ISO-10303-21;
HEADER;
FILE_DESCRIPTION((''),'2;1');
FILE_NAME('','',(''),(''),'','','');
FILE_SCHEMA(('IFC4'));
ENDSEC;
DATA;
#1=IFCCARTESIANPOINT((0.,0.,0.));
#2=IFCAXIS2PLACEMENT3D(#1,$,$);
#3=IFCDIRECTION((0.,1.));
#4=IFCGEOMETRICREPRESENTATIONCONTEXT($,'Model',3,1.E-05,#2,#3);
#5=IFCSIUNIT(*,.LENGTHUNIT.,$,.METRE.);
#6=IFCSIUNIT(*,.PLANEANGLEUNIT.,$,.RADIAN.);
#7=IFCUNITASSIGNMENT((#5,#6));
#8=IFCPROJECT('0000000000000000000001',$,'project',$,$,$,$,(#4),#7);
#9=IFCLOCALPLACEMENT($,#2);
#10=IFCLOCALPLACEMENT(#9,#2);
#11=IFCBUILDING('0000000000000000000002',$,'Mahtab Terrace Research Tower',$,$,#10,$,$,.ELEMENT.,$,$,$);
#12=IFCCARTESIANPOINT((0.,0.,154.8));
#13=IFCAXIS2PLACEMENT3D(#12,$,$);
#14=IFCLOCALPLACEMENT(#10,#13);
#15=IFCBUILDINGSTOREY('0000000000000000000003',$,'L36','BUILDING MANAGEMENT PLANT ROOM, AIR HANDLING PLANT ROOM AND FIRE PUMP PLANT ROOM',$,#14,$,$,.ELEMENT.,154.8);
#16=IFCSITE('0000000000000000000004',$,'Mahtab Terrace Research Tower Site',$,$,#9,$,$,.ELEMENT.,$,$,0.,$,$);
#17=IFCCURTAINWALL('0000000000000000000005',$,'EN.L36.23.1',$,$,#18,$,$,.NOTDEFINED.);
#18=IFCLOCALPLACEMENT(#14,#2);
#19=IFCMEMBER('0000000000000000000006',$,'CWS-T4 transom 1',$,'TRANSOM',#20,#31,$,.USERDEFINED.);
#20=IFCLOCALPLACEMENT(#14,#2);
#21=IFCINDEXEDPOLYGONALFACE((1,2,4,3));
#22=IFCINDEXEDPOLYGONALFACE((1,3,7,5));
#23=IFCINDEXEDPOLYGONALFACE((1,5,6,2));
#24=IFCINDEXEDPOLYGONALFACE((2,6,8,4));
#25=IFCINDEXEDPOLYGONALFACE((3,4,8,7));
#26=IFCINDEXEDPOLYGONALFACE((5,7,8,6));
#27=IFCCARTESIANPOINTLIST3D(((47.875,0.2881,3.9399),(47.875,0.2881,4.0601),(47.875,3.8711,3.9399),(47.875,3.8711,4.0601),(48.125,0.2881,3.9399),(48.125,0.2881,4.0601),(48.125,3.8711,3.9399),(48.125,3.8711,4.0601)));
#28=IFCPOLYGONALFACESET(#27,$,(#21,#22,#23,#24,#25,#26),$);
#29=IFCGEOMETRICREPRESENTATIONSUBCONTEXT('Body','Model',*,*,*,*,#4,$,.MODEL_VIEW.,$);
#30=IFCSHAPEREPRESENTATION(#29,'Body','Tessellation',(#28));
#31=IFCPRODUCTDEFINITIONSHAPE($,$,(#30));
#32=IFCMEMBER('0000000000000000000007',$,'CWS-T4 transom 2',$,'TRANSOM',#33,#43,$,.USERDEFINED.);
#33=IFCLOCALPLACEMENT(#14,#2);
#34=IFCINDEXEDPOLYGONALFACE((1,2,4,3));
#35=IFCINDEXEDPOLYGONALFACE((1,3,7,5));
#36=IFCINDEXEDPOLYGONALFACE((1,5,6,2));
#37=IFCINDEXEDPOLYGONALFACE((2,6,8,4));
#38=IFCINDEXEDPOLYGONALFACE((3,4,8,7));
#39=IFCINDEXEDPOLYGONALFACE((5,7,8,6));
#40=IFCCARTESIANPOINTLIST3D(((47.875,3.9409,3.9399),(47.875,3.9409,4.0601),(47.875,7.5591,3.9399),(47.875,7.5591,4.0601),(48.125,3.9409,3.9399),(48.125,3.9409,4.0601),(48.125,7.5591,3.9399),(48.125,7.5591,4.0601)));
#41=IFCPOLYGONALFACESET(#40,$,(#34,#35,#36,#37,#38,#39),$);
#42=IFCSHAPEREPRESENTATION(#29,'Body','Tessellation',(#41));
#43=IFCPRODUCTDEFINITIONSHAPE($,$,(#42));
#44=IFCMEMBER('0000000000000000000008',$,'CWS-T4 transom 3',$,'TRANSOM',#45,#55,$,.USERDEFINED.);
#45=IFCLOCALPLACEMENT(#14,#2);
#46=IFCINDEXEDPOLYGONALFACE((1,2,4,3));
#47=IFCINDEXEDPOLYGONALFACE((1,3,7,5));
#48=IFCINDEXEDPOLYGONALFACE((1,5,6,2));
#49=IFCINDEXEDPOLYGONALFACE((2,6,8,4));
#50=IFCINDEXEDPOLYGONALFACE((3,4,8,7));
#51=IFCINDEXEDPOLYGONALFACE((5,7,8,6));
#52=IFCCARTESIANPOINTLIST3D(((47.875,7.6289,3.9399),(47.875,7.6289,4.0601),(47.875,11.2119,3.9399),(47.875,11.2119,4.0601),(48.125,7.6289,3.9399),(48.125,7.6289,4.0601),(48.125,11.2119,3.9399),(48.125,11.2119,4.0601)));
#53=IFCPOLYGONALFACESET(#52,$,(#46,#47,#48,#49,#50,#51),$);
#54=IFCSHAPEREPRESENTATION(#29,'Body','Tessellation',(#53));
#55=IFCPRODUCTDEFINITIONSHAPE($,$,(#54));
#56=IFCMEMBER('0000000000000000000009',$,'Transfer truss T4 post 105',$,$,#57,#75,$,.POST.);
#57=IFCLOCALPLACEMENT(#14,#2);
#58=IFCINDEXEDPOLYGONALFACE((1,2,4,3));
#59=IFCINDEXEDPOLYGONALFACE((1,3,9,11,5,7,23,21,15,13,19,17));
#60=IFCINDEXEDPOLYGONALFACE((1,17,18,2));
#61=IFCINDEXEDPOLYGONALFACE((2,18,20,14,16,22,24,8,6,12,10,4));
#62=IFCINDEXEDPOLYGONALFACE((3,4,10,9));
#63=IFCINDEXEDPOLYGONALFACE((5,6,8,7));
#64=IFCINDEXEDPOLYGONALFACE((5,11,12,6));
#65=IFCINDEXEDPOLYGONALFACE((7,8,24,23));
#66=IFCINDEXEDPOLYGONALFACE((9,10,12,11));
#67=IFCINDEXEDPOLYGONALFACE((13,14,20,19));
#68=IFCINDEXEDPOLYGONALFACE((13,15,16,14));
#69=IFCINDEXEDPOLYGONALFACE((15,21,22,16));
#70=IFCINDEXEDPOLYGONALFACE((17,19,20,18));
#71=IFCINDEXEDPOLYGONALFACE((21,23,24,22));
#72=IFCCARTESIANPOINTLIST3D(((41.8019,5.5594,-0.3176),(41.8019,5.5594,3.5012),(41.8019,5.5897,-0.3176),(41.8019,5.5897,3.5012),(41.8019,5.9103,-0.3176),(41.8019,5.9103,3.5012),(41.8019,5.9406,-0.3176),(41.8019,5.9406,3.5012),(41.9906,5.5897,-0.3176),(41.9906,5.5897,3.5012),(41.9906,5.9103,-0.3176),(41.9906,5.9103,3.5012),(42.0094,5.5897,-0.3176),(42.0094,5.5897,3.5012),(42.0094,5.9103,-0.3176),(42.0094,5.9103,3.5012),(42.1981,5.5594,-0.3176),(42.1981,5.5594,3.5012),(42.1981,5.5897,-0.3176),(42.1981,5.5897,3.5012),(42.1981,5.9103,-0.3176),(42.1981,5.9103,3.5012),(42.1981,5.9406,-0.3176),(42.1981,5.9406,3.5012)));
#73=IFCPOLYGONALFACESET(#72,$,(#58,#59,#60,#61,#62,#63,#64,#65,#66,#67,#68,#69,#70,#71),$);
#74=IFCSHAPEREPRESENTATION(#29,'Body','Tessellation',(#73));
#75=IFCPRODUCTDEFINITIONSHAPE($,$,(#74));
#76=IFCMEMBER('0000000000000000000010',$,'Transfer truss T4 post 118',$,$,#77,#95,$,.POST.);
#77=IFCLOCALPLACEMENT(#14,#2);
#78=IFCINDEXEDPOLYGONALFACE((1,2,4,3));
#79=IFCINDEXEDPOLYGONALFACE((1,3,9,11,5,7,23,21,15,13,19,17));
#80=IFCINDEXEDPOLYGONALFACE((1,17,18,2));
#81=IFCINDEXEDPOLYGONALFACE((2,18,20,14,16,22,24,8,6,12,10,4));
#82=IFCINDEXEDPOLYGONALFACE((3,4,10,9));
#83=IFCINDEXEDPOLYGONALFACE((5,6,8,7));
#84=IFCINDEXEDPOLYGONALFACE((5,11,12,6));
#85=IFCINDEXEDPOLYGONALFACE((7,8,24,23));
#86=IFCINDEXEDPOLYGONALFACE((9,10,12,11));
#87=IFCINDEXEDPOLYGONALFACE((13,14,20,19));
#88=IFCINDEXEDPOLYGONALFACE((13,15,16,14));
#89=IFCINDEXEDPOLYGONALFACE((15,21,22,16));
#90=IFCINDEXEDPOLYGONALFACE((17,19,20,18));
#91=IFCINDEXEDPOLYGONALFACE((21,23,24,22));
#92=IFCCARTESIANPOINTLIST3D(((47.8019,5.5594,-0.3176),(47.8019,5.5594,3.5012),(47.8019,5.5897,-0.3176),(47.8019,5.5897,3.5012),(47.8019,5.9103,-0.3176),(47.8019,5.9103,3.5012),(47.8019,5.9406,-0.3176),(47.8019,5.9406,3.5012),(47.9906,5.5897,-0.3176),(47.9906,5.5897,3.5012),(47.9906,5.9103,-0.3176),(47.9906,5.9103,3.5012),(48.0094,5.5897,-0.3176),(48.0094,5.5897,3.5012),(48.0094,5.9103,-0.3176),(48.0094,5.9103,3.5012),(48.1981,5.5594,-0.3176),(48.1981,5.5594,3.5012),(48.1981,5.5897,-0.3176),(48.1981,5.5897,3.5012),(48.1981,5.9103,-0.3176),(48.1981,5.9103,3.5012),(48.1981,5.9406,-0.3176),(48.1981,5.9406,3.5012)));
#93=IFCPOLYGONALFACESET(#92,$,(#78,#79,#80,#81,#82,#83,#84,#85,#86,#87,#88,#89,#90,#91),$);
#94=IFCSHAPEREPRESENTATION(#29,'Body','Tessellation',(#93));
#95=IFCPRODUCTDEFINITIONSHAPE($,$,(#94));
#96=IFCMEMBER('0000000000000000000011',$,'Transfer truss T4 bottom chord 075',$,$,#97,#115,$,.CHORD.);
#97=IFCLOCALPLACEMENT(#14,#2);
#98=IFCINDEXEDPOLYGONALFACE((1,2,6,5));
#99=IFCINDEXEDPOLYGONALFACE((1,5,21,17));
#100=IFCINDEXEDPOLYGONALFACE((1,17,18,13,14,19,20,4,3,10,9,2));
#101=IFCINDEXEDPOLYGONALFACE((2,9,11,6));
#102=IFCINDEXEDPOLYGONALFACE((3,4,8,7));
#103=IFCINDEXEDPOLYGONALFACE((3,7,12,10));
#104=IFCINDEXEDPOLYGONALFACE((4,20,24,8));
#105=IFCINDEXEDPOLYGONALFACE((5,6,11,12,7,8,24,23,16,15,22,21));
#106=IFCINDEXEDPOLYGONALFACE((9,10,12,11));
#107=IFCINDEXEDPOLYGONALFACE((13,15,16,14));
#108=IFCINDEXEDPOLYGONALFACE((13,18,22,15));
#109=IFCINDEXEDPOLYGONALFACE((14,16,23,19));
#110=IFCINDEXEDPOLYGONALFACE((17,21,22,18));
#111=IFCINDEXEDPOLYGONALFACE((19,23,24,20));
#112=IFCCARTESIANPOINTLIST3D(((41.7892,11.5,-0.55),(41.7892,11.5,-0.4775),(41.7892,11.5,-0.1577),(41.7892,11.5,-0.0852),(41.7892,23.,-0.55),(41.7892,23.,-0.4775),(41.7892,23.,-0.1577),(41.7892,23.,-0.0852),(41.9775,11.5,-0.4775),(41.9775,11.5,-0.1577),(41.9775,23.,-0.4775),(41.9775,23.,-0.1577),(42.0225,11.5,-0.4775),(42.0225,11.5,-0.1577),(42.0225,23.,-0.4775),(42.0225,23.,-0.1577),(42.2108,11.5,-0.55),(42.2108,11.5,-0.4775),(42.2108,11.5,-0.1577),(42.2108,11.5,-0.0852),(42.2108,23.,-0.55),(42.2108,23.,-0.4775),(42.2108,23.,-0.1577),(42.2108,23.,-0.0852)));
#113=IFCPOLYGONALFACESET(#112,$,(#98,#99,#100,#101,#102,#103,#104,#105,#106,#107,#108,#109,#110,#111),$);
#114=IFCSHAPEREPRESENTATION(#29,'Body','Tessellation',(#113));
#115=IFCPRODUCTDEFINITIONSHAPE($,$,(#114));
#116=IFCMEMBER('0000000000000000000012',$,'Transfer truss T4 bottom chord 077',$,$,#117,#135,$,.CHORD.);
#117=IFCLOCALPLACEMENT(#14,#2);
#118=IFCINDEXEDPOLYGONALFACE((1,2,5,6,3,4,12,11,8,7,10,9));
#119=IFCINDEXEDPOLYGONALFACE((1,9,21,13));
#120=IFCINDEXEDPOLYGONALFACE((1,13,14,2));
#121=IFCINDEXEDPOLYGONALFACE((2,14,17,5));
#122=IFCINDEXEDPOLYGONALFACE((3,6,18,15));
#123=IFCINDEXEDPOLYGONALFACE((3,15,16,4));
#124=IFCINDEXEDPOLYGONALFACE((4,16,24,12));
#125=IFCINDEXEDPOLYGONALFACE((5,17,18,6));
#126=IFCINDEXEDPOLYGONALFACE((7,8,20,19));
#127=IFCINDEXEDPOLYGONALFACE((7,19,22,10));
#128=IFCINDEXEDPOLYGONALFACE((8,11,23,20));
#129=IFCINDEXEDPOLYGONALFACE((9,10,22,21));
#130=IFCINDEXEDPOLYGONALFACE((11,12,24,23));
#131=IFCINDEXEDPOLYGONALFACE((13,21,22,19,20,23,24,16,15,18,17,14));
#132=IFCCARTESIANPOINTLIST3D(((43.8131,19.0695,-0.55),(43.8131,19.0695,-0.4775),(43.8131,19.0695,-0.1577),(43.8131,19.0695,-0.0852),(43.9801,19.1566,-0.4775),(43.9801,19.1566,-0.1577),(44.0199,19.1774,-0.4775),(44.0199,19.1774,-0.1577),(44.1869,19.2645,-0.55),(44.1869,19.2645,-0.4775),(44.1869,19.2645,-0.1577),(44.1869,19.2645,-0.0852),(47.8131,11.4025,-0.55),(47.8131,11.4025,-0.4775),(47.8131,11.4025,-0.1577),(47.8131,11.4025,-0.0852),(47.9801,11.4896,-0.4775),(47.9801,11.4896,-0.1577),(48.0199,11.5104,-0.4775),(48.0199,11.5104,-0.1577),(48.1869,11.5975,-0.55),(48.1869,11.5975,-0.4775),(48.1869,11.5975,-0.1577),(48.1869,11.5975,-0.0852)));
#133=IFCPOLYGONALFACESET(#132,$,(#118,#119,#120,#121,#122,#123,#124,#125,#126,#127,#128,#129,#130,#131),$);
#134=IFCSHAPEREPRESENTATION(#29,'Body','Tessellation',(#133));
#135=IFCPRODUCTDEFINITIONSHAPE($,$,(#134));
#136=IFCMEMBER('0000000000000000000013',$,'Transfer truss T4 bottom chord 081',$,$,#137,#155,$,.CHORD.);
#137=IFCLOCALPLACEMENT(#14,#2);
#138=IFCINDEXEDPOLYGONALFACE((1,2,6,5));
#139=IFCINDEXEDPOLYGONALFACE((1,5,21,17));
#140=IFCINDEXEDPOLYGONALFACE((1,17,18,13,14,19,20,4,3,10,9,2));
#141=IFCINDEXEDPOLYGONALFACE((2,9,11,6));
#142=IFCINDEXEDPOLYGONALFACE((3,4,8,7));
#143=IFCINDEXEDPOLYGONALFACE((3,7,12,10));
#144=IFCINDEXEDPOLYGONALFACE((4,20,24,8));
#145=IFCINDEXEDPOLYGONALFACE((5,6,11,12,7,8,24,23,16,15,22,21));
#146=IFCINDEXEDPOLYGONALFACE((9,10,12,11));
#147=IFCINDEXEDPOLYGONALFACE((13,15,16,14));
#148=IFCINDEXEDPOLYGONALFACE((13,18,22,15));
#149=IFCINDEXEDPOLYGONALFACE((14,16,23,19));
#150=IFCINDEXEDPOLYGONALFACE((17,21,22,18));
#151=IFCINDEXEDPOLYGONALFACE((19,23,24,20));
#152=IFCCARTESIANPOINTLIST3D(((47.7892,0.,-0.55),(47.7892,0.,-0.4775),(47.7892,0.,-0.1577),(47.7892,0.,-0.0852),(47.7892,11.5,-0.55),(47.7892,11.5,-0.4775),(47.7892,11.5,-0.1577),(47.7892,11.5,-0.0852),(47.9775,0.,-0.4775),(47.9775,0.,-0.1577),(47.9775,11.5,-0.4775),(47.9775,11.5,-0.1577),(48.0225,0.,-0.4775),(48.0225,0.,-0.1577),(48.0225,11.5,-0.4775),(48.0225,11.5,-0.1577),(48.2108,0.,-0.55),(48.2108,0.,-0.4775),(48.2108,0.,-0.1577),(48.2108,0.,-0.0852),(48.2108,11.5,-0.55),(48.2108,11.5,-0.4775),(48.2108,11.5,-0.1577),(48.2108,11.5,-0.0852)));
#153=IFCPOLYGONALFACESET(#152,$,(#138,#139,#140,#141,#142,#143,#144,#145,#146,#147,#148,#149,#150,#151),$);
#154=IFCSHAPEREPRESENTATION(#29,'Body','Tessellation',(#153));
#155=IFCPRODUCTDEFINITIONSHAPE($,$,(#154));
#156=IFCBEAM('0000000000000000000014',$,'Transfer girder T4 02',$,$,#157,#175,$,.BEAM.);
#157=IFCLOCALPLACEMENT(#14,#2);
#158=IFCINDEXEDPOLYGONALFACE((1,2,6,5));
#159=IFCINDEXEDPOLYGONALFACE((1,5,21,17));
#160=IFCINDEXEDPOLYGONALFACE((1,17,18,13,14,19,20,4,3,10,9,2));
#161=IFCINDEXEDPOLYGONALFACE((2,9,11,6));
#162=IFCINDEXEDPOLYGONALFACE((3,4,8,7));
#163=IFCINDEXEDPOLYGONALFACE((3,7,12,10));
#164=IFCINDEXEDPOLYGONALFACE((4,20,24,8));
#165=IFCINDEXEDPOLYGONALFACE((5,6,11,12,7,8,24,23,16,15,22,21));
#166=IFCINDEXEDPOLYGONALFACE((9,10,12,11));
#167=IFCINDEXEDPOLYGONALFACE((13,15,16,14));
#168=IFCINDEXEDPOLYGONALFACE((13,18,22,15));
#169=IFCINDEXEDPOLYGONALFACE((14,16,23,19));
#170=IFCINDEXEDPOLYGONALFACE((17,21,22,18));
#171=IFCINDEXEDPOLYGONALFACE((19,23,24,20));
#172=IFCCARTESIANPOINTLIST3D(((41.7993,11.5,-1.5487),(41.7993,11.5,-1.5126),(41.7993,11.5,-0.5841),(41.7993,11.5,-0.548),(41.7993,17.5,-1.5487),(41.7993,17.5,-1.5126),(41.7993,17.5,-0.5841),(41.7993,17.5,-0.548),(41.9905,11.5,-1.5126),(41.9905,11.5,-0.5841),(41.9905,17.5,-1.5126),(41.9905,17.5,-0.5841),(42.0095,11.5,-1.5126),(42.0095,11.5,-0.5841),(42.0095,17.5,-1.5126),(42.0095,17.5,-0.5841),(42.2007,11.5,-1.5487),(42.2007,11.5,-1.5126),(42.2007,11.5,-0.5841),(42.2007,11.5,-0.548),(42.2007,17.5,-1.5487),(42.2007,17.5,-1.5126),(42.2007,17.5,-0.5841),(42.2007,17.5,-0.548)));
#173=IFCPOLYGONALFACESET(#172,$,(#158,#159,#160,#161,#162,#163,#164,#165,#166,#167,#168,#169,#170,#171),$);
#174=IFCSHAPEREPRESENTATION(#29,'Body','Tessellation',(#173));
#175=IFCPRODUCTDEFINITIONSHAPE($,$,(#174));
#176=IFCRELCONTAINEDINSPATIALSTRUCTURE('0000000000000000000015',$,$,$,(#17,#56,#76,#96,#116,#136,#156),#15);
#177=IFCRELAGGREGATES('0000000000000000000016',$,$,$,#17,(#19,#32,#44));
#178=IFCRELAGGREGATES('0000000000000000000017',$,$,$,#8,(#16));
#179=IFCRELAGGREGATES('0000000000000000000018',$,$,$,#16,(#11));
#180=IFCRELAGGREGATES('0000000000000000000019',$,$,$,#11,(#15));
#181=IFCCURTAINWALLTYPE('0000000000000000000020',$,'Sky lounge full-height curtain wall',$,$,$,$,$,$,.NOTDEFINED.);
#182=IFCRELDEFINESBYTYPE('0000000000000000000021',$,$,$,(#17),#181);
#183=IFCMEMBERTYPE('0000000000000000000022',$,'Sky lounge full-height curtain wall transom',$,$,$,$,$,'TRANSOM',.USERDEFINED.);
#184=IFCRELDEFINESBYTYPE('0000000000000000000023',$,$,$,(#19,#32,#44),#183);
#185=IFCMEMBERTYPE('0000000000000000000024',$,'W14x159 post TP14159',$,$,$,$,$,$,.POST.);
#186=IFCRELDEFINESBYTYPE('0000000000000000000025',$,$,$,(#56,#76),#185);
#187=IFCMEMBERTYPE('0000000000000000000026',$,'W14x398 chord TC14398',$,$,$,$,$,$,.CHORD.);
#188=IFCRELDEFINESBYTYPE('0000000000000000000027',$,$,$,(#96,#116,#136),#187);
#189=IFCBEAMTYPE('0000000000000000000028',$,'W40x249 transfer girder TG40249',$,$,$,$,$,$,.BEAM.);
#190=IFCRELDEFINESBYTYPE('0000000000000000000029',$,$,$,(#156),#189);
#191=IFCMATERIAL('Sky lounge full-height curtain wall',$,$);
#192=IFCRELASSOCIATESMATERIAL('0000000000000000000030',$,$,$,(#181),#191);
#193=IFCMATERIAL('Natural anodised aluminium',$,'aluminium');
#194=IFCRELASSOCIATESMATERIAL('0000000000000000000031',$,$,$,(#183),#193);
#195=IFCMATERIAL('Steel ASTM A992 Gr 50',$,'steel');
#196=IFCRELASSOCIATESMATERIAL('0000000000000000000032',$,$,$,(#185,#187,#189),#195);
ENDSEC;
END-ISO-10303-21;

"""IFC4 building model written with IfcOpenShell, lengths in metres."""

from ifc_helpers import new_model, si_unit, direction, frame, origin, origin_2d, place, context, subcontext, project, spatial, rectangle, i_section, extrude, material, material_profile, profile_set, type_object, element, aggregate, save


model = new_model("IFC4")

# Units and contexts
model_context = context("Model", 3, precision=1e-05, world=origin(), true_north=direction((0.0, 1.0)))
body_context = subcontext(model_context, "Body", "Model", "MODEL_VIEW")
ifc_project = project(units=[si_unit("LENGTHUNIT", "METRE"), si_unit("PLANEANGLEUNIT", "RADIAN")], contexts=[model_context])

# Site, building, storey
site_placement = place(None, origin())
site = spatial("IfcSite", under=ifc_project, at=site_placement, Name="Mahtab Terrace Research Tower Site", CompositionType="ELEMENT", RefElevation=0.0)
building_placement = place(site_placement, origin())
building = spatial("IfcBuilding", under=site, at=building_placement, Name="Mahtab Terrace Research Tower", CompositionType="ELEMENT")
storey_placement = place(building_placement, frame((0.0, 0.0, 154.8)))
storey = spatial("IfcBuildingStorey", under=building, at=storey_placement, Name="L36", Description="BUILDING MANAGEMENT PLANT ROOM, AIR HANDLING PLANT ROOM AND FIRE PUMP PLANT ROOM", CompositionType="ELEMENT", Elevation=154.8)

# Shared definitions
ifc_material_1 = material(Name="Steel ASTM A992 Gr 50", Category="steel")

# Curtain wall, members
ifc_material_2 = material(Name="Sky lounge full-height curtain wall")
curtain_wall_type = type_object("IfcCurtainWallType", Name="Sky lounge full-height curtain wall", PredefinedType="NOTDEFINED", material=ifc_material_2)
curtain_wall_placement = place(storey_placement, origin())
curtain_wall = element("IfcCurtainWall", 1, at=curtain_wall_placement, inside=storey, type_object=curtain_wall_type, Name="EN.L36.23.1", PredefinedType="NOTDEFINED")
ifc_material_3 = material(Name="Natural anodised aluminium", Category="aluminium")
ifc_material_profile_1 = material_profile(ifc_material_3, rectangle(XDim=0.25, YDim=0.1201, at=origin_2d()), Name="TRANSOM 120x250")
ifc_profile_set_1 = profile_set([ifc_material_profile_1], Name="Natural anodised aluminium")
member_type_1 = type_object("IfcMemberType", Name="Sky lounge full-height curtain wall transom", ElementType="TRANSOM", PredefinedType="USERDEFINED", material=ifc_profile_set_1)
member_1_placement = place(storey_placement, frame((48.0, 0.2881, 4.0), z_axis=(0.0, 1.0, 0.0), x_axis=(-1.0, 0.0, 0.0)))
member_1 = element("IfcMember", 2, at=member_1_placement, type_object=member_type_1, Name="CWS-T4 transom 1", ObjectType="TRANSOM", PredefinedType="USERDEFINED", context=body_context, shape_type="SweptSolid", body=[
    extrude(rectangle(XDim=0.25, YDim=0.1201, at=origin_2d()), origin(), (0.0, 0.0, 1.0), 3.583),
])
member_2_placement = place(storey_placement, frame((48.0, 3.9409, 4.0), z_axis=(0.0, 1.0, 0.0), x_axis=(-1.0, 0.0, 0.0)))
member_2 = element("IfcMember", 3, at=member_2_placement, type_object=member_type_1, Name="CWS-T4 transom 2", ObjectType="TRANSOM", PredefinedType="USERDEFINED", context=body_context, shape_type="SweptSolid", body=[
    extrude(rectangle(XDim=0.25, YDim=0.1201, at=origin_2d()), origin(), (0.0, 0.0, 1.0), 3.6182),
])
member_3_placement = place(storey_placement, frame((48.0, 7.6289, 4.0), z_axis=(0.0, 1.0, 0.0), x_axis=(-1.0, 0.0, 0.0)))
member_3 = element("IfcMember", 4, at=member_3_placement, type_object=member_type_1, Name="CWS-T4 transom 3", ObjectType="TRANSOM", PredefinedType="USERDEFINED", context=body_context, shape_type="SweptSolid", body=[
    extrude(rectangle(XDim=0.25, YDim=0.1201, at=origin_2d()), origin(), (0.0, 0.0, 1.0), 3.583),
])

# Members
ifc_material_profile_2 = material_profile(ifc_material_1, i_section(OverallWidth=0.3962, OverallDepth=0.3811, WebThickness=0.0188, FlangeThickness=0.0303, at=origin_2d()), Name="W14X159")
ifc_profile_set_2 = profile_set([ifc_material_profile_2], Name="Steel ASTM A992 Gr 50")
member_type_2 = type_object("IfcMemberType", Name="W14x159 post TP14159", PredefinedType="POST", material=ifc_profile_set_2)
for number, where, z_axis, x_axis, name in (
    (5, (42.0, 5.75, -0.3176), (0.0, 0.0, 1.0), (1.0, 0.0, 0.0), "Transfer truss T4 post 105"),
    (6, (48.0, 5.75, -0.3176), (0.0, 0.0, 1.0), (1.0, 0.0, 0.0), "Transfer truss T4 post 118"),
):
    element("IfcMember", number, at=place(storey_placement, frame(where, z_axis=z_axis, x_axis=x_axis)), inside=storey, type_object=member_type_2, Name=name, PredefinedType="POST", context=body_context, shape_type="SweptSolid", body=[
        extrude(i_section(OverallWidth=0.3962, OverallDepth=0.3811, WebThickness=0.0188, FlangeThickness=0.0303, at=origin_2d()), origin(), (0.0, 0.0, 1.0), 3.8188),
    ])
ifc_material_profile_3 = material_profile(ifc_material_1, i_section(OverallWidth=0.4216, OverallDepth=0.4648, WebThickness=0.0449, FlangeThickness=0.0725, at=origin_2d()), Name="W14X398")
ifc_profile_set_3 = profile_set([ifc_material_profile_3], Name="Steel ASTM A992 Gr 50")
member_type_3 = type_object("IfcMemberType", Name="W14x398 chord TC14398", PredefinedType="CHORD", material=ifc_profile_set_3)
member_4_placement = place(storey_placement, frame((42.0, 11.5, -0.3176), z_axis=(0.0, 1.0, 0.0), x_axis=(-1.0, 0.0, 0.0)))
element("IfcMember", 7, at=member_4_placement, inside=storey, type_object=member_type_3, Name="Transfer truss T4 bottom chord 075", PredefinedType="CHORD", context=body_context, shape_type="SweptSolid", body=[
    extrude(i_section(OverallWidth=0.4216, OverallDepth=0.4648, WebThickness=0.0449, FlangeThickness=0.0725, at=origin_2d()), origin(), (0.0, 0.0, 1.0), 11.5),
])
member_5_placement = place(storey_placement, frame((48.0, 11.5, -0.3176), z_axis=(-0.462551, 0.886593, 0.0), x_axis=(-0.886593, -0.462551, 0.0)))
element("IfcMember", 8, at=member_5_placement, inside=storey, type_object=member_type_3, Name="Transfer truss T4 bottom chord 077", PredefinedType="CHORD", context=body_context, shape_type="SweptSolid", body=[
    extrude(i_section(OverallWidth=0.4216, OverallDepth=0.4648, WebThickness=0.0449, FlangeThickness=0.0725, at=origin_2d()), origin(), (0.0, 0.0, 1.0), 8.6477),
])
member_6_placement = place(storey_placement, frame((48.0, 0.0, -0.3176), z_axis=(0.0, 1.0, 0.0), x_axis=(-1.0, 0.0, 0.0)))
element("IfcMember", 9, at=member_6_placement, inside=storey, type_object=member_type_3, Name="Transfer truss T4 bottom chord 081", PredefinedType="CHORD", context=body_context, shape_type="SweptSolid", body=[
    extrude(i_section(OverallWidth=0.4216, OverallDepth=0.4648, WebThickness=0.0449, FlangeThickness=0.0725, at=origin_2d()), origin(), (0.0, 0.0, 1.0), 11.5),
])

# Beam
ifc_material_profile_4 = material_profile(ifc_material_1, i_section(OverallWidth=0.4014, OverallDepth=1.0007, WebThickness=0.019, FlangeThickness=0.0361, at=origin_2d()), Name="W40X249")
ifc_profile_set_4 = profile_set([ifc_material_profile_4], Name="Steel ASTM A992 Gr 50")
beam_type = type_object("IfcBeamType", Name="W40x249 transfer girder TG40249", PredefinedType="BEAM", material=ifc_profile_set_4)
beam_placement = place(storey_placement, frame((42.0, 11.5, -1.0483), z_axis=(0.0, 1.0, 0.0), x_axis=(-1.0, 0.0, 0.0)))
element("IfcBeam", 10, at=beam_placement, inside=storey, type_object=beam_type, Name="Transfer girder T4 02", PredefinedType="BEAM", context=body_context, shape_type="SweptSolid", body=[
    extrude(i_section(OverallWidth=0.4014, OverallDepth=1.0007, WebThickness=0.019, FlangeThickness=0.0361, at=origin_2d()), origin(), (0.0, 0.0, 1.0), 6.0),
])

aggregate(curtain_wall, [member_1, member_2, member_3])

save(model, "model.ifc")
